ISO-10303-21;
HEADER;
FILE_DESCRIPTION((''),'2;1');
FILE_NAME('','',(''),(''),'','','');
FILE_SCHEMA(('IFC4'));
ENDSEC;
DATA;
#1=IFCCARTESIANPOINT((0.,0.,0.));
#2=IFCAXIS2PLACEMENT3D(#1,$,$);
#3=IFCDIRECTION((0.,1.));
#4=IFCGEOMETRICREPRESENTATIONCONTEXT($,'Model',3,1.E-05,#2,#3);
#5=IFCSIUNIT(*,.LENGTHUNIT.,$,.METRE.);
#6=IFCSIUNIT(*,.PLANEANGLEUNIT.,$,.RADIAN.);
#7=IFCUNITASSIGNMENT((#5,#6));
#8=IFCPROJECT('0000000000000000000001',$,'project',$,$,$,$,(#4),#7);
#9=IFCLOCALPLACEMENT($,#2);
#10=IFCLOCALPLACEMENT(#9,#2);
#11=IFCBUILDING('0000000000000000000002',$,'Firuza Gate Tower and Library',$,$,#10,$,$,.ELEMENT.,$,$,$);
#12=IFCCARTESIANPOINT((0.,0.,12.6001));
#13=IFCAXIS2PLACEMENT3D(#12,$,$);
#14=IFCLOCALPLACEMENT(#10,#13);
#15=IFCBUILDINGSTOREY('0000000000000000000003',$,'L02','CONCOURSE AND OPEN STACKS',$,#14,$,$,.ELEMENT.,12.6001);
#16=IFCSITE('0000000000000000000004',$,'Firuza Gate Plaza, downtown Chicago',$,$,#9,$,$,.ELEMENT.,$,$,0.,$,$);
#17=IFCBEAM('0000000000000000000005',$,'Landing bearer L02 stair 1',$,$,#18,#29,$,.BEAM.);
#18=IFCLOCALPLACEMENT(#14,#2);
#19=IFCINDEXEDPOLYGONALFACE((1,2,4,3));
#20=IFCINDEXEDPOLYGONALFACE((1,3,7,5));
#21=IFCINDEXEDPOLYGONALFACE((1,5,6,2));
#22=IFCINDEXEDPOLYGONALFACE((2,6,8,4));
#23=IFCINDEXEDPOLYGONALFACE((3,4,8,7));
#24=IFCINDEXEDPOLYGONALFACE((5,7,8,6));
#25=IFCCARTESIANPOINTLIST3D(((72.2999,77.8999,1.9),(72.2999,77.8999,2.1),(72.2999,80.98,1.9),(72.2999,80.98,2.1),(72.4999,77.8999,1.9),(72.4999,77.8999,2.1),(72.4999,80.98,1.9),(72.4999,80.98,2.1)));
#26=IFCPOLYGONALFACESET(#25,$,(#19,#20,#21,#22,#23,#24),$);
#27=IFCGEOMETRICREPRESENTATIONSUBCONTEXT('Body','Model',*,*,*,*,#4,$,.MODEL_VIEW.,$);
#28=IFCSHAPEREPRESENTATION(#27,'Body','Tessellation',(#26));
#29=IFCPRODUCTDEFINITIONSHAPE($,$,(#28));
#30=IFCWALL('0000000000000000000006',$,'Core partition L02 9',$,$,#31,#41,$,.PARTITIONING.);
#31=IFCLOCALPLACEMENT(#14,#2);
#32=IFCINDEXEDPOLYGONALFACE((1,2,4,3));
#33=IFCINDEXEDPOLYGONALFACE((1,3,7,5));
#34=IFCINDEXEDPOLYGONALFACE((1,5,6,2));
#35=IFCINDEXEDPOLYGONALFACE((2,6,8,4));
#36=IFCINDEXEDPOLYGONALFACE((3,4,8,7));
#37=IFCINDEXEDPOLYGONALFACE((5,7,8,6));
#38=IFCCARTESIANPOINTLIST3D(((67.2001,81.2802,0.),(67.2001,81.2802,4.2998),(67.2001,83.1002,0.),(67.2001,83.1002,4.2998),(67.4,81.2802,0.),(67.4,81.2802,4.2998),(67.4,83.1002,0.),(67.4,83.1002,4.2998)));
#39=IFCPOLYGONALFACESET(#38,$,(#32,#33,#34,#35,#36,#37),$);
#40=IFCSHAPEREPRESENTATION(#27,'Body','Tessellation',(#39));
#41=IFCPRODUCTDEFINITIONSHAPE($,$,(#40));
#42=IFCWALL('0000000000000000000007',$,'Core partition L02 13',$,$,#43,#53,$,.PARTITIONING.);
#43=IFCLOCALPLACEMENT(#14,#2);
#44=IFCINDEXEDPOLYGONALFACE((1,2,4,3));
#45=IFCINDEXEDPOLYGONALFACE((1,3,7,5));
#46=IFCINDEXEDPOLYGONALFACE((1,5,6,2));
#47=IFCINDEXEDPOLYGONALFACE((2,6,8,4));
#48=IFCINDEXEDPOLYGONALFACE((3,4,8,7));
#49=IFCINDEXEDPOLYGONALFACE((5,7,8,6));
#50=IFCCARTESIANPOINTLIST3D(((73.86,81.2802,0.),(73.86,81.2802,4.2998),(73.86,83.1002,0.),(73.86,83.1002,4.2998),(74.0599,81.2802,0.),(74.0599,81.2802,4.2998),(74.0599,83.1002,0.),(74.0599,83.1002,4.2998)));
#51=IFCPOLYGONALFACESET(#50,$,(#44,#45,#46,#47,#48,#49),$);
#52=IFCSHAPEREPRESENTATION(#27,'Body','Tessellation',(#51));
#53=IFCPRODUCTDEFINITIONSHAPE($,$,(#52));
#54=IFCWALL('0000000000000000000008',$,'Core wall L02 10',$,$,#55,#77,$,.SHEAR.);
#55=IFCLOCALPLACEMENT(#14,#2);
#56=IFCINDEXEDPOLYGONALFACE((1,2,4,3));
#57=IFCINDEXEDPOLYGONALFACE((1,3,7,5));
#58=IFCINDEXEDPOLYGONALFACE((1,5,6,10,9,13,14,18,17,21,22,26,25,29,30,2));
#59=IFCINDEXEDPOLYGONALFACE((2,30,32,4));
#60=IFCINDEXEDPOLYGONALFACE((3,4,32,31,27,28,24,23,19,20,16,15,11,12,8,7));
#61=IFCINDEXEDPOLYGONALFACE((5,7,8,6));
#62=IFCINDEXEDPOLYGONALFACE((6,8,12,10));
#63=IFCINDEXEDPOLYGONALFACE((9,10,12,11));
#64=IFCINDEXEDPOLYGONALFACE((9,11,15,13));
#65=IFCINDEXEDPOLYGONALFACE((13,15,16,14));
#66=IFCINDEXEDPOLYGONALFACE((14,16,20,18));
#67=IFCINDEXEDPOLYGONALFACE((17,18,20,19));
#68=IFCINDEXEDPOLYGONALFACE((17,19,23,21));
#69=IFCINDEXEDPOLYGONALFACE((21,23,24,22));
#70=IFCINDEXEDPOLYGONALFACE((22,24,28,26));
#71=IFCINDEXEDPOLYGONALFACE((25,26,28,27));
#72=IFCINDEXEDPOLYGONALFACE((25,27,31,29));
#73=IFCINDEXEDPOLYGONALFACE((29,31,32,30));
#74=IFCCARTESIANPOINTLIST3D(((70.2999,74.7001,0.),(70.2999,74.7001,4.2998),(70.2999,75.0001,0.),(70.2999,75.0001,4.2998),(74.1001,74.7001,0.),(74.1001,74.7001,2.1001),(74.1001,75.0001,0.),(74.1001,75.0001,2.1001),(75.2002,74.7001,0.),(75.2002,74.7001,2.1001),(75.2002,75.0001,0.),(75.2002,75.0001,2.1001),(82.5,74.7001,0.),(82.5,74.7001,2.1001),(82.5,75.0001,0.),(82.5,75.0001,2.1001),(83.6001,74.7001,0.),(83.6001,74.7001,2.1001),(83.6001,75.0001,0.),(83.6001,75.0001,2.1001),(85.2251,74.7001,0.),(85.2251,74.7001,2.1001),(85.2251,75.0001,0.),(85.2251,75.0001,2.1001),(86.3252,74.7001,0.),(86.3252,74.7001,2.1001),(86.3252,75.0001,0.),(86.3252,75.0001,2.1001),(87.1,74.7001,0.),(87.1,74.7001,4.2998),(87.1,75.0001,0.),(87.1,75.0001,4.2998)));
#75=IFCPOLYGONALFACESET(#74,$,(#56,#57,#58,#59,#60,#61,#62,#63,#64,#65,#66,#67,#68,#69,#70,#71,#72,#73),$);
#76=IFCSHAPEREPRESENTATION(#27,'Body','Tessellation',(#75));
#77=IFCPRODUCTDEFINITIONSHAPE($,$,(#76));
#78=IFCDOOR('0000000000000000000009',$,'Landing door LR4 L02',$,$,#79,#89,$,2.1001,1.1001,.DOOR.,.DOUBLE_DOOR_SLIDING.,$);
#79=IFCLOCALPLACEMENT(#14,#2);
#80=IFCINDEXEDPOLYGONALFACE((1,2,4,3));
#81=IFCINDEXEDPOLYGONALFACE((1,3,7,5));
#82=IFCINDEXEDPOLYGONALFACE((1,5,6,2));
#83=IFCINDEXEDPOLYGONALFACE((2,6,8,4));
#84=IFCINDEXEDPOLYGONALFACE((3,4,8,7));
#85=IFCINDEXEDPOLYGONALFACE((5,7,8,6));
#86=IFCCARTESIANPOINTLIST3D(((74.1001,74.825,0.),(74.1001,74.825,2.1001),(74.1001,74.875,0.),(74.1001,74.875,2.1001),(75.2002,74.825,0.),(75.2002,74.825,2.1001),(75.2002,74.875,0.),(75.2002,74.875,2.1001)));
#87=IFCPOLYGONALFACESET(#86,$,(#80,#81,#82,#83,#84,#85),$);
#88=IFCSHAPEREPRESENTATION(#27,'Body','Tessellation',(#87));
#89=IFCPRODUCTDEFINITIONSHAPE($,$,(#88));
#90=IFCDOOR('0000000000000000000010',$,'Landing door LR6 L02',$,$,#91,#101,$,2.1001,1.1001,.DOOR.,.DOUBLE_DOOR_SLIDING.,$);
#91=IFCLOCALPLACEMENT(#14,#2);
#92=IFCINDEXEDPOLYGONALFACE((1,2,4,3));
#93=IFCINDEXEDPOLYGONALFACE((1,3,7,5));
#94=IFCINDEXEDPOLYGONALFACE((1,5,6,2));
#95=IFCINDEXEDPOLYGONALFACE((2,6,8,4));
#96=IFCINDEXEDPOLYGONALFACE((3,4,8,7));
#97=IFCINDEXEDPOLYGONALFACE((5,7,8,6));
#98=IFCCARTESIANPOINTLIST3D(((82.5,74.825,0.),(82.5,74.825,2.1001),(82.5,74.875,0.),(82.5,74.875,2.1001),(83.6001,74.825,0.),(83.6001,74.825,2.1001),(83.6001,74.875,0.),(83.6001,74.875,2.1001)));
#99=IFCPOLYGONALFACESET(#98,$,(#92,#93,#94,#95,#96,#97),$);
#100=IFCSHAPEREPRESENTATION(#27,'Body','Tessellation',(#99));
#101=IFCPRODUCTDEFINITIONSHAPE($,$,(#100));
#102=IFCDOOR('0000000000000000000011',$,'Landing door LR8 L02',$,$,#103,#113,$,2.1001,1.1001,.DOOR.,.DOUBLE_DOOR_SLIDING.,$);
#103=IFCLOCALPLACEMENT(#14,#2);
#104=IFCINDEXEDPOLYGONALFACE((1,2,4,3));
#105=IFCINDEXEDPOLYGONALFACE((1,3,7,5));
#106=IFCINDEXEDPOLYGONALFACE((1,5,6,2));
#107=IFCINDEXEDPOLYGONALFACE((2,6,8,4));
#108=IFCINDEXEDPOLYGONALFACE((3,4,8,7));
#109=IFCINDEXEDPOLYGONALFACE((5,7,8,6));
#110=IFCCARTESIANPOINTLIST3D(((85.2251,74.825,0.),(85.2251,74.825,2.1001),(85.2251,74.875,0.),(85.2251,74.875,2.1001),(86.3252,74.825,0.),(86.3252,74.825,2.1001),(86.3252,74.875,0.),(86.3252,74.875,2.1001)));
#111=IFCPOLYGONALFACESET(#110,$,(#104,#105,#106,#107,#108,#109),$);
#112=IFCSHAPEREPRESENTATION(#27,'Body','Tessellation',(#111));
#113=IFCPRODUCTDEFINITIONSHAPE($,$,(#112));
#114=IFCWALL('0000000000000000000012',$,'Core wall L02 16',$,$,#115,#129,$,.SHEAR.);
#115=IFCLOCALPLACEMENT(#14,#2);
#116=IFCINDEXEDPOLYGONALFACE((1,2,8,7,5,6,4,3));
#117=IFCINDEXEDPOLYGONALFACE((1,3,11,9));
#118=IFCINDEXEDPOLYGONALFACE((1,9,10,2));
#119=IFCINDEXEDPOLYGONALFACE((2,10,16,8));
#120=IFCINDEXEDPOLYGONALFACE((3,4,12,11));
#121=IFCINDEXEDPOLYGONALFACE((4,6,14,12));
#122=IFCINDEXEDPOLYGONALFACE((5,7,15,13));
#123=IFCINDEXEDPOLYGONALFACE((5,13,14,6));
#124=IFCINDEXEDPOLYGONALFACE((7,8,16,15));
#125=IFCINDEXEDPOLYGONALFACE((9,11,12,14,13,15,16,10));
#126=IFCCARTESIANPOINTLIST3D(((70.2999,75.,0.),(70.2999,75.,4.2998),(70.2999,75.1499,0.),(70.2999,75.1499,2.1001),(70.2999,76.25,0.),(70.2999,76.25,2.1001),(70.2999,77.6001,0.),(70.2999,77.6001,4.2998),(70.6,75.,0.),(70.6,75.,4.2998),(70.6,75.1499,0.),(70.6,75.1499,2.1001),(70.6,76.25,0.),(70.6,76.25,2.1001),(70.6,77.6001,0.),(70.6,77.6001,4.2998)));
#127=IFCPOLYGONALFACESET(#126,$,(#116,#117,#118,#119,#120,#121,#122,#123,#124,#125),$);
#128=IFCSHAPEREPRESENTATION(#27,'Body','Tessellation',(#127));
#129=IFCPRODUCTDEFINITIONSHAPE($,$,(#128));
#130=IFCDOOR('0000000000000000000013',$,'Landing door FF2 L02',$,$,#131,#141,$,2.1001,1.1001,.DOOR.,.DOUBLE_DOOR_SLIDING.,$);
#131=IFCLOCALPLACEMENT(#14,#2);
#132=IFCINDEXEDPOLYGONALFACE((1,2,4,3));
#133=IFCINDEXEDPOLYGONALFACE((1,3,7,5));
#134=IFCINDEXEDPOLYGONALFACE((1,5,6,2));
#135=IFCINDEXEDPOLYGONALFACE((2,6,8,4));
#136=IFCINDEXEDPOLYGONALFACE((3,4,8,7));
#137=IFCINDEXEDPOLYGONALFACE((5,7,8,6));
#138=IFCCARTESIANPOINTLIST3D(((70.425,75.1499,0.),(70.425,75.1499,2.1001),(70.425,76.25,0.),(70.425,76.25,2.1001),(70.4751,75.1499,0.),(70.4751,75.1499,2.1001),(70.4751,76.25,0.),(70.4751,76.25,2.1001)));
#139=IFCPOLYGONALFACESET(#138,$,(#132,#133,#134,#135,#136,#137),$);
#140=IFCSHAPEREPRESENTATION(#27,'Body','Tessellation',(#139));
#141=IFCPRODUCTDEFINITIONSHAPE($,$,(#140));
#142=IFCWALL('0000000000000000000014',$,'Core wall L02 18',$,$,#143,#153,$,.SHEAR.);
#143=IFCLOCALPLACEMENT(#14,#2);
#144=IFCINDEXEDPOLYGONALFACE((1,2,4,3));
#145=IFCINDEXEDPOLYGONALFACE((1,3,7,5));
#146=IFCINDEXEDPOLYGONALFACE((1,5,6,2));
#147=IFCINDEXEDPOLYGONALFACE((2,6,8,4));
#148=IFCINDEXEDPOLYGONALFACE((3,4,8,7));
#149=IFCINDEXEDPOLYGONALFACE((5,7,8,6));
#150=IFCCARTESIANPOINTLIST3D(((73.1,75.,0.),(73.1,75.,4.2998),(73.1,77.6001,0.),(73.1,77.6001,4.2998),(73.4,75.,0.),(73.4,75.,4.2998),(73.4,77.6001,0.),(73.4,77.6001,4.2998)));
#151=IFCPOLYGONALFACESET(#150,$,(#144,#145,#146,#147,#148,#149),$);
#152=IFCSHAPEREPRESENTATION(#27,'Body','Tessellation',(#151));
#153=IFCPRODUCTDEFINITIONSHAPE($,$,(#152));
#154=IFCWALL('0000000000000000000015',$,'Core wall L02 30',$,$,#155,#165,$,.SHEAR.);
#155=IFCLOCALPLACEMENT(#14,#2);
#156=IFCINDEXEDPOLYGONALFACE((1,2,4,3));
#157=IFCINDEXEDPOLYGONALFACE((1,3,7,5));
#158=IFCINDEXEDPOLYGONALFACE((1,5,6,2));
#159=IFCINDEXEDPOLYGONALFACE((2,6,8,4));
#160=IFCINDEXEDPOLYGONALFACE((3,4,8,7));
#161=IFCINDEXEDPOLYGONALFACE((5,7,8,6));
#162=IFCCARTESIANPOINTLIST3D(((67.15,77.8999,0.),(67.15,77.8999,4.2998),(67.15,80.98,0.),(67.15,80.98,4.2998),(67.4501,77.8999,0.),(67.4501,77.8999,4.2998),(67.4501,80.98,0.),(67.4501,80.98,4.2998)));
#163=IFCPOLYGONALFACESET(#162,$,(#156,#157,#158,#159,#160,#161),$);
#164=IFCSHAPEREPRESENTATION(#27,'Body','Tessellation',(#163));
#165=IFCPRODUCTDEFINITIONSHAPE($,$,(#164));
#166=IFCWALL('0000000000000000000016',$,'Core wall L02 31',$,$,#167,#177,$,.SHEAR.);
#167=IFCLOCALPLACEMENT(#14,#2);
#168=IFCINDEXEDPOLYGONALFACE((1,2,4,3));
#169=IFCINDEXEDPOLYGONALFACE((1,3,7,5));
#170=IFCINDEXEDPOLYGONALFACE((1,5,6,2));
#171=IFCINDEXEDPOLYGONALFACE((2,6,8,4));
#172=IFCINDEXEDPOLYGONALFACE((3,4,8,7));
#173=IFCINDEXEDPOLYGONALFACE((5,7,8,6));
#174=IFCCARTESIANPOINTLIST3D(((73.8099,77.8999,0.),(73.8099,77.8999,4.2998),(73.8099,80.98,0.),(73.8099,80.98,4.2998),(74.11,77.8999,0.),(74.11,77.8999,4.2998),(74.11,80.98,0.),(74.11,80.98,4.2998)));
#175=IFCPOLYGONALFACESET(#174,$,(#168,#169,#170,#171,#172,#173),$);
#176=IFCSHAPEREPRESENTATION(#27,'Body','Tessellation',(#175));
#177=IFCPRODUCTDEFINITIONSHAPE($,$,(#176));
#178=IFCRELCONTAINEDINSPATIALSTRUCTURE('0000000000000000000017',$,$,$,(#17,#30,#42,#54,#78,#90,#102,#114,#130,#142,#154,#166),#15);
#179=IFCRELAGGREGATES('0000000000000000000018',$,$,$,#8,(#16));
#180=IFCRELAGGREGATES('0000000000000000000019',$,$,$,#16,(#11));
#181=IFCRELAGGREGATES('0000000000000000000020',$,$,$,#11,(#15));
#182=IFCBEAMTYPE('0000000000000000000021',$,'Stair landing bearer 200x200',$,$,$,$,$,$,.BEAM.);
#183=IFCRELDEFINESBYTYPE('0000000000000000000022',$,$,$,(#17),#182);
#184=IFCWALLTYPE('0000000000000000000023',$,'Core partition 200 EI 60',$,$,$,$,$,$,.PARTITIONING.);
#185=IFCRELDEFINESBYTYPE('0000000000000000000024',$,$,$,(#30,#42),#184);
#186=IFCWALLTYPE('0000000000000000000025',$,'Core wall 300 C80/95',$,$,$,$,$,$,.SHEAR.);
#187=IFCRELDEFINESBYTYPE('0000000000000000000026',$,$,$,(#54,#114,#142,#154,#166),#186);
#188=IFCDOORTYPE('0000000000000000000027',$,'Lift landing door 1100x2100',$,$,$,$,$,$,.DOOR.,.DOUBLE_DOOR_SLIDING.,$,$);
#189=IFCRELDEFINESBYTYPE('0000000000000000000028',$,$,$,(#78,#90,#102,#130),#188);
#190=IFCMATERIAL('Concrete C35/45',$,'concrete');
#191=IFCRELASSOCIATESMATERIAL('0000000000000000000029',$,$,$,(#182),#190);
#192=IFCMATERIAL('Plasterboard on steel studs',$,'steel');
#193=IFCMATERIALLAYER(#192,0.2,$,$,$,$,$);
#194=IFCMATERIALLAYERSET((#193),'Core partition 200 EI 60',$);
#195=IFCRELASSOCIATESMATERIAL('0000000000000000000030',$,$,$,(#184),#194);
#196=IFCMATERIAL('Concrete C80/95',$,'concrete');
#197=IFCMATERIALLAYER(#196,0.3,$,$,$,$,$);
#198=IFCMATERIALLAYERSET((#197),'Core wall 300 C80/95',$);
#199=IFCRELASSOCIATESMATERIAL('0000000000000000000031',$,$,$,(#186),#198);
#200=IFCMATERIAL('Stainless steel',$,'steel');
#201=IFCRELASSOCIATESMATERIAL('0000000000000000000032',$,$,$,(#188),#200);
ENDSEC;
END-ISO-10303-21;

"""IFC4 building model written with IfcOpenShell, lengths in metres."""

from ifc_helpers import new_model, si_unit, direction, frame, frame_2d, origin, origin_2d, place, context, subcontext, project, spatial, rectangle, extrude, material, layer, layer_set, material_profile, profile_set, type_object, element, fill, save


model = new_model("IFC4")

# Units and contexts
model_context = context("Model", 3, precision=1e-05, world=origin(), true_north=direction((0.0, 1.0)))
body_context = subcontext(model_context, "Body", "Model", "MODEL_VIEW")
ifc_project = project(units=[si_unit("LENGTHUNIT", "METRE"), si_unit("PLANEANGLEUNIT", "RADIAN")], contexts=[model_context])

# Site, building, storey
site_placement = place(None, origin())
site = spatial("IfcSite", under=ifc_project, at=site_placement, Name="Firuza Gate Plaza, downtown Chicago", CompositionType="ELEMENT", RefElevation=0.0)
building_placement = place(site_placement, origin())
building = spatial("IfcBuilding", under=site, at=building_placement, Name="Firuza Gate Tower and Library", CompositionType="ELEMENT")
storey_placement = place(building_placement, frame((0.0, 0.0, 12.6001)))
storey = spatial("IfcBuildingStorey", under=building, at=storey_placement, Name="L02", Description="CONCOURSE AND OPEN STACKS", CompositionType="ELEMENT", Elevation=12.6001)

# Beam
ifc_material_1 = material(Name="Concrete C35/45", Category="concrete")
ifc_material_profile = material_profile(ifc_material_1, rectangle(XDim=0.2, YDim=0.2, at=origin_2d()))
ifc_profile_set = profile_set([ifc_material_profile], Name="Concrete C35/45")
beam_type = type_object("IfcBeamType", Name="Stair landing bearer 200x200", PredefinedType="BEAM", material=ifc_profile_set)
beam_placement = place(storey_placement, frame((72.3999, 77.8999, 2.0), z_axis=(0.0, 1.0, 0.0), x_axis=(-1.0, 0.0, 0.0)))
element("IfcBeam", 1, at=beam_placement, inside=storey, type_object=beam_type, Name="Landing bearer L02 stair 1", PredefinedType="BEAM", context=body_context, shape_type="SweptSolid", body=[
    extrude(rectangle(XDim=0.2, YDim=0.2, at=origin_2d()), origin(), (0.0, 0.0, 1.0), 3.0801),
])

# Walls
ifc_material_2 = material(Name="Plasterboard on steel studs", Category="steel")
ifc_layer_1 = layer(ifc_material_2, 0.2)
ifc_layer_set_1 = layer_set([ifc_layer_1], Name="Core partition 200 EI 60")
wall_type_1 = type_object("IfcWallType", Name="Core partition 200 EI 60", PredefinedType="PARTITIONING", material=ifc_layer_set_1)
for number, where, z_axis, x_axis, name in (
    (2, (67.3, 81.28, 0.0), (0.0, 0.0, 1.0), (0.0, 1.0, 0.0), "Core partition L02 9"),
    (3, (73.96, 81.28, 0.0), (0.0, 0.0, 1.0), (0.0, 1.0, 0.0), "Core partition L02 13"),
):
    element("IfcWall", number, at=place(storey_placement, frame(where, z_axis=z_axis, x_axis=x_axis)), inside=storey, type_object=wall_type_1, Name=name, PredefinedType="PARTITIONING", context=body_context, shape_type="SweptSolid", body=[
        extrude(rectangle(XDim=1.8201, YDim=0.2, at=frame_2d((0.9102, 0.0))), origin(), (0.0, 0.0, 1.0), 4.2998),
    ])

# Wall, openings, doors
ifc_material_3 = material(Name="Concrete C80/95", Category="concrete")
ifc_layer_2 = layer(ifc_material_3, 0.3)
ifc_layer_set_2 = layer_set([ifc_layer_2], Name="Core wall 300 C80/95")
wall_type_2 = type_object("IfcWallType", Name="Core wall 300 C80/95", PredefinedType="SHEAR", material=ifc_layer_set_2)
wall_1_placement = place(storey_placement, frame((70.3, 74.8501, 0.0), z_axis=(0.0, 0.0, 1.0), x_axis=(1.0, 0.0, 0.0)))
wall_1 = element("IfcWall", 4, at=wall_1_placement, inside=storey, type_object=wall_type_2, Name="Core wall L02 10", PredefinedType="SHEAR", context=body_context, shape_type="SweptSolid", body=[
    extrude(rectangle(XDim=16.8, YDim=0.3, at=frame_2d((8.3999, 0.0))), origin(), (0.0, 0.0, 1.0), 4.2998),
])
opening_1_placement = place(wall_1_placement, frame((3.8, 0.0, 0.0)))
opening_1 = element("IfcOpeningElement", 5, at=opening_1_placement, cuts=wall_1, PredefinedType="OPENING", context=body_context, shape_type="SweptSolid", body=[
    extrude(rectangle(XDim=1.1001, YDim=2.1001, at=frame_2d((0.55, 1.05))), frame((0.0, 0.1602, 0.0), z_axis=(0.0, -1.0, 0.0), x_axis=(1.0, 0.0, 0.0)), (0.0, 0.0, 1.0), 0.3201),
])
opening_2_placement = place(wall_1_placement, frame((12.2, 0.0, 0.0)))
opening_2 = element("IfcOpeningElement", 6, at=opening_2_placement, cuts=wall_1, PredefinedType="OPENING", context=body_context, shape_type="SweptSolid", body=[
    extrude(rectangle(XDim=1.1001, YDim=2.1001, at=frame_2d((0.55, 1.05))), frame((0.0, 0.1602, 0.0), z_axis=(0.0, -1.0, 0.0), x_axis=(1.0, 0.0, 0.0)), (0.0, 0.0, 1.0), 0.3201),
])
opening_3_placement = place(wall_1_placement, frame((14.925, 0.0, 0.0)))
opening_3 = element("IfcOpeningElement", 7, at=opening_3_placement, cuts=wall_1, PredefinedType="OPENING", context=body_context, shape_type="SweptSolid", body=[
    extrude(rectangle(XDim=1.1001, YDim=2.1001, at=frame_2d((0.55, 1.05))), frame((0.0, 0.1602, 0.0), z_axis=(0.0, -1.0, 0.0), x_axis=(1.0, 0.0, 0.0)), (0.0, 0.0, 1.0), 0.3201),
])
ifc_material_4 = material(Name="Stainless steel", Category="steel")
door_type_1 = type_object("IfcDoorType", Name="Lift landing door 1100x2100", OperationType="DOUBLE_DOOR_SLIDING", PredefinedType="DOOR", material=ifc_material_4)
door_1_placement = place(opening_1_placement, origin())
door_1 = element("IfcDoor", 8, at=door_1_placement, inside=storey, type_object=door_type_1, Name="Landing door LR4 L02", OperationType="DOUBLE_DOOR_SLIDING", OverallHeight=2.1001, OverallWidth=1.1001, PredefinedType="DOOR", context=body_context, shape_type="SweptSolid", body=[
    extrude(rectangle(XDim=1.1001, YDim=2.1001, at=frame_2d((0.55, 1.05))), frame((0.0, 0.0249, 0.0), z_axis=(0.0, -1.0, 0.0), x_axis=(1.0, 0.0, 0.0)), (0.0, 0.0, 1.0), 0.05),
])
fill(opening_1, door_1)
door_2_placement = place(opening_2_placement, origin())
door_2 = element("IfcDoor", 9, at=door_2_placement, inside=storey, type_object=door_type_1, Name="Landing door LR6 L02", OperationType="DOUBLE_DOOR_SLIDING", OverallHeight=2.1001, OverallWidth=1.1001, PredefinedType="DOOR", context=body_context, shape_type="SweptSolid", body=[
    extrude(rectangle(XDim=1.1001, YDim=2.1001, at=frame_2d((0.55, 1.05))), frame((0.0, 0.0249, 0.0), z_axis=(0.0, -1.0, 0.0), x_axis=(1.0, 0.0, 0.0)), (0.0, 0.0, 1.0), 0.05),
])
fill(opening_2, door_2)
door_3_placement = place(opening_3_placement, origin())
door_3 = element("IfcDoor", 10, at=door_3_placement, inside=storey, type_object=door_type_1, Name="Landing door LR8 L02", OperationType="DOUBLE_DOOR_SLIDING", OverallHeight=2.1001, OverallWidth=1.1001, PredefinedType="DOOR", context=body_context, shape_type="SweptSolid", body=[
    extrude(rectangle(XDim=1.1001, YDim=2.1001, at=frame_2d((0.55, 1.05))), frame((0.0, 0.0249, 0.0), z_axis=(0.0, -1.0, 0.0), x_axis=(1.0, 0.0, 0.0)), (0.0, 0.0, 1.0), 0.05),
])
fill(opening_3, door_3)

# Wall, opening, door
wall_2_placement = place(storey_placement, frame((70.45, 75.0, 0.0), z_axis=(0.0, 0.0, 1.0), x_axis=(0.0, 1.0, 0.0)))
wall_2 = element("IfcWall", 11, at=wall_2_placement, inside=storey, type_object=wall_type_2, Name="Core wall L02 16", PredefinedType="SHEAR", context=body_context, shape_type="SweptSolid", body=[
    extrude(rectangle(XDim=2.6001, YDim=0.3, at=frame_2d((1.3, 0.0))), origin(), (0.0, 0.0, 1.0), 4.2998),
])
opening_4_placement = place(wall_2_placement, frame((0.1499, 0.0, 0.0)))
opening_4 = element("IfcOpeningElement", 12, at=opening_4_placement, cuts=wall_2, PredefinedType="OPENING", context=body_context, shape_type="SweptSolid", body=[
    extrude(rectangle(XDim=1.1001, YDim=2.1001, at=frame_2d((0.55, 1.05))), frame((0.0, 0.1602, 0.0), z_axis=(0.0, -1.0, 0.0), x_axis=(1.0, 0.0, 0.0)), (0.0, 0.0, 1.0), 0.3201),
])
door_4_placement = place(opening_4_placement, origin())
door_4 = element("IfcDoor", 13, at=door_4_placement, inside=storey, type_object=door_type_1, Name="Landing door FF2 L02", OperationType="DOUBLE_DOOR_SLIDING", OverallHeight=2.1001, OverallWidth=1.1001, PredefinedType="DOOR", context=body_context, shape_type="SweptSolid", body=[
    extrude(rectangle(XDim=1.1001, YDim=2.1001, at=frame_2d((0.55, 1.05))), frame((0.0, 0.0249, 0.0), z_axis=(0.0, -1.0, 0.0), x_axis=(1.0, 0.0, 0.0)), (0.0, 0.0, 1.0), 0.05),
])
fill(opening_4, door_4)

# Walls
wall_3_placement = place(storey_placement, frame((73.25, 75.0, 0.0), z_axis=(0.0, 0.0, 1.0), x_axis=(0.0, 1.0, 0.0)))
element("IfcWall", 14, at=wall_3_placement, inside=storey, type_object=wall_type_2, Name="Core wall L02 18", PredefinedType="SHEAR", context=body_context, shape_type="SweptSolid", body=[
    extrude(rectangle(XDim=2.6001, YDim=0.3, at=frame_2d((1.3, 0.0))), origin(), (0.0, 0.0, 1.0), 4.2998),
])
for number, where, z_axis, x_axis, name in (
    (15, (67.3, 77.8999, 0.0), (0.0, 0.0, 1.0), (0.0, 1.0, 0.0), "Core wall L02 30"),
    (16, (73.96, 77.8999, 0.0), (0.0, 0.0, 1.0), (0.0, 1.0, 0.0), "Core wall L02 31"),
):
    element("IfcWall", number, at=place(storey_placement, frame(where, z_axis=z_axis, x_axis=x_axis)), inside=storey, type_object=wall_type_2, Name=name, PredefinedType="SHEAR", context=body_context, shape_type="SweptSolid", body=[
        extrude(rectangle(XDim=3.0801, YDim=0.3, at=frame_2d((1.54, 0.0))), origin(), (0.0, 0.0, 1.0), 4.2998),
    ])

save(model, "model.ifc")
